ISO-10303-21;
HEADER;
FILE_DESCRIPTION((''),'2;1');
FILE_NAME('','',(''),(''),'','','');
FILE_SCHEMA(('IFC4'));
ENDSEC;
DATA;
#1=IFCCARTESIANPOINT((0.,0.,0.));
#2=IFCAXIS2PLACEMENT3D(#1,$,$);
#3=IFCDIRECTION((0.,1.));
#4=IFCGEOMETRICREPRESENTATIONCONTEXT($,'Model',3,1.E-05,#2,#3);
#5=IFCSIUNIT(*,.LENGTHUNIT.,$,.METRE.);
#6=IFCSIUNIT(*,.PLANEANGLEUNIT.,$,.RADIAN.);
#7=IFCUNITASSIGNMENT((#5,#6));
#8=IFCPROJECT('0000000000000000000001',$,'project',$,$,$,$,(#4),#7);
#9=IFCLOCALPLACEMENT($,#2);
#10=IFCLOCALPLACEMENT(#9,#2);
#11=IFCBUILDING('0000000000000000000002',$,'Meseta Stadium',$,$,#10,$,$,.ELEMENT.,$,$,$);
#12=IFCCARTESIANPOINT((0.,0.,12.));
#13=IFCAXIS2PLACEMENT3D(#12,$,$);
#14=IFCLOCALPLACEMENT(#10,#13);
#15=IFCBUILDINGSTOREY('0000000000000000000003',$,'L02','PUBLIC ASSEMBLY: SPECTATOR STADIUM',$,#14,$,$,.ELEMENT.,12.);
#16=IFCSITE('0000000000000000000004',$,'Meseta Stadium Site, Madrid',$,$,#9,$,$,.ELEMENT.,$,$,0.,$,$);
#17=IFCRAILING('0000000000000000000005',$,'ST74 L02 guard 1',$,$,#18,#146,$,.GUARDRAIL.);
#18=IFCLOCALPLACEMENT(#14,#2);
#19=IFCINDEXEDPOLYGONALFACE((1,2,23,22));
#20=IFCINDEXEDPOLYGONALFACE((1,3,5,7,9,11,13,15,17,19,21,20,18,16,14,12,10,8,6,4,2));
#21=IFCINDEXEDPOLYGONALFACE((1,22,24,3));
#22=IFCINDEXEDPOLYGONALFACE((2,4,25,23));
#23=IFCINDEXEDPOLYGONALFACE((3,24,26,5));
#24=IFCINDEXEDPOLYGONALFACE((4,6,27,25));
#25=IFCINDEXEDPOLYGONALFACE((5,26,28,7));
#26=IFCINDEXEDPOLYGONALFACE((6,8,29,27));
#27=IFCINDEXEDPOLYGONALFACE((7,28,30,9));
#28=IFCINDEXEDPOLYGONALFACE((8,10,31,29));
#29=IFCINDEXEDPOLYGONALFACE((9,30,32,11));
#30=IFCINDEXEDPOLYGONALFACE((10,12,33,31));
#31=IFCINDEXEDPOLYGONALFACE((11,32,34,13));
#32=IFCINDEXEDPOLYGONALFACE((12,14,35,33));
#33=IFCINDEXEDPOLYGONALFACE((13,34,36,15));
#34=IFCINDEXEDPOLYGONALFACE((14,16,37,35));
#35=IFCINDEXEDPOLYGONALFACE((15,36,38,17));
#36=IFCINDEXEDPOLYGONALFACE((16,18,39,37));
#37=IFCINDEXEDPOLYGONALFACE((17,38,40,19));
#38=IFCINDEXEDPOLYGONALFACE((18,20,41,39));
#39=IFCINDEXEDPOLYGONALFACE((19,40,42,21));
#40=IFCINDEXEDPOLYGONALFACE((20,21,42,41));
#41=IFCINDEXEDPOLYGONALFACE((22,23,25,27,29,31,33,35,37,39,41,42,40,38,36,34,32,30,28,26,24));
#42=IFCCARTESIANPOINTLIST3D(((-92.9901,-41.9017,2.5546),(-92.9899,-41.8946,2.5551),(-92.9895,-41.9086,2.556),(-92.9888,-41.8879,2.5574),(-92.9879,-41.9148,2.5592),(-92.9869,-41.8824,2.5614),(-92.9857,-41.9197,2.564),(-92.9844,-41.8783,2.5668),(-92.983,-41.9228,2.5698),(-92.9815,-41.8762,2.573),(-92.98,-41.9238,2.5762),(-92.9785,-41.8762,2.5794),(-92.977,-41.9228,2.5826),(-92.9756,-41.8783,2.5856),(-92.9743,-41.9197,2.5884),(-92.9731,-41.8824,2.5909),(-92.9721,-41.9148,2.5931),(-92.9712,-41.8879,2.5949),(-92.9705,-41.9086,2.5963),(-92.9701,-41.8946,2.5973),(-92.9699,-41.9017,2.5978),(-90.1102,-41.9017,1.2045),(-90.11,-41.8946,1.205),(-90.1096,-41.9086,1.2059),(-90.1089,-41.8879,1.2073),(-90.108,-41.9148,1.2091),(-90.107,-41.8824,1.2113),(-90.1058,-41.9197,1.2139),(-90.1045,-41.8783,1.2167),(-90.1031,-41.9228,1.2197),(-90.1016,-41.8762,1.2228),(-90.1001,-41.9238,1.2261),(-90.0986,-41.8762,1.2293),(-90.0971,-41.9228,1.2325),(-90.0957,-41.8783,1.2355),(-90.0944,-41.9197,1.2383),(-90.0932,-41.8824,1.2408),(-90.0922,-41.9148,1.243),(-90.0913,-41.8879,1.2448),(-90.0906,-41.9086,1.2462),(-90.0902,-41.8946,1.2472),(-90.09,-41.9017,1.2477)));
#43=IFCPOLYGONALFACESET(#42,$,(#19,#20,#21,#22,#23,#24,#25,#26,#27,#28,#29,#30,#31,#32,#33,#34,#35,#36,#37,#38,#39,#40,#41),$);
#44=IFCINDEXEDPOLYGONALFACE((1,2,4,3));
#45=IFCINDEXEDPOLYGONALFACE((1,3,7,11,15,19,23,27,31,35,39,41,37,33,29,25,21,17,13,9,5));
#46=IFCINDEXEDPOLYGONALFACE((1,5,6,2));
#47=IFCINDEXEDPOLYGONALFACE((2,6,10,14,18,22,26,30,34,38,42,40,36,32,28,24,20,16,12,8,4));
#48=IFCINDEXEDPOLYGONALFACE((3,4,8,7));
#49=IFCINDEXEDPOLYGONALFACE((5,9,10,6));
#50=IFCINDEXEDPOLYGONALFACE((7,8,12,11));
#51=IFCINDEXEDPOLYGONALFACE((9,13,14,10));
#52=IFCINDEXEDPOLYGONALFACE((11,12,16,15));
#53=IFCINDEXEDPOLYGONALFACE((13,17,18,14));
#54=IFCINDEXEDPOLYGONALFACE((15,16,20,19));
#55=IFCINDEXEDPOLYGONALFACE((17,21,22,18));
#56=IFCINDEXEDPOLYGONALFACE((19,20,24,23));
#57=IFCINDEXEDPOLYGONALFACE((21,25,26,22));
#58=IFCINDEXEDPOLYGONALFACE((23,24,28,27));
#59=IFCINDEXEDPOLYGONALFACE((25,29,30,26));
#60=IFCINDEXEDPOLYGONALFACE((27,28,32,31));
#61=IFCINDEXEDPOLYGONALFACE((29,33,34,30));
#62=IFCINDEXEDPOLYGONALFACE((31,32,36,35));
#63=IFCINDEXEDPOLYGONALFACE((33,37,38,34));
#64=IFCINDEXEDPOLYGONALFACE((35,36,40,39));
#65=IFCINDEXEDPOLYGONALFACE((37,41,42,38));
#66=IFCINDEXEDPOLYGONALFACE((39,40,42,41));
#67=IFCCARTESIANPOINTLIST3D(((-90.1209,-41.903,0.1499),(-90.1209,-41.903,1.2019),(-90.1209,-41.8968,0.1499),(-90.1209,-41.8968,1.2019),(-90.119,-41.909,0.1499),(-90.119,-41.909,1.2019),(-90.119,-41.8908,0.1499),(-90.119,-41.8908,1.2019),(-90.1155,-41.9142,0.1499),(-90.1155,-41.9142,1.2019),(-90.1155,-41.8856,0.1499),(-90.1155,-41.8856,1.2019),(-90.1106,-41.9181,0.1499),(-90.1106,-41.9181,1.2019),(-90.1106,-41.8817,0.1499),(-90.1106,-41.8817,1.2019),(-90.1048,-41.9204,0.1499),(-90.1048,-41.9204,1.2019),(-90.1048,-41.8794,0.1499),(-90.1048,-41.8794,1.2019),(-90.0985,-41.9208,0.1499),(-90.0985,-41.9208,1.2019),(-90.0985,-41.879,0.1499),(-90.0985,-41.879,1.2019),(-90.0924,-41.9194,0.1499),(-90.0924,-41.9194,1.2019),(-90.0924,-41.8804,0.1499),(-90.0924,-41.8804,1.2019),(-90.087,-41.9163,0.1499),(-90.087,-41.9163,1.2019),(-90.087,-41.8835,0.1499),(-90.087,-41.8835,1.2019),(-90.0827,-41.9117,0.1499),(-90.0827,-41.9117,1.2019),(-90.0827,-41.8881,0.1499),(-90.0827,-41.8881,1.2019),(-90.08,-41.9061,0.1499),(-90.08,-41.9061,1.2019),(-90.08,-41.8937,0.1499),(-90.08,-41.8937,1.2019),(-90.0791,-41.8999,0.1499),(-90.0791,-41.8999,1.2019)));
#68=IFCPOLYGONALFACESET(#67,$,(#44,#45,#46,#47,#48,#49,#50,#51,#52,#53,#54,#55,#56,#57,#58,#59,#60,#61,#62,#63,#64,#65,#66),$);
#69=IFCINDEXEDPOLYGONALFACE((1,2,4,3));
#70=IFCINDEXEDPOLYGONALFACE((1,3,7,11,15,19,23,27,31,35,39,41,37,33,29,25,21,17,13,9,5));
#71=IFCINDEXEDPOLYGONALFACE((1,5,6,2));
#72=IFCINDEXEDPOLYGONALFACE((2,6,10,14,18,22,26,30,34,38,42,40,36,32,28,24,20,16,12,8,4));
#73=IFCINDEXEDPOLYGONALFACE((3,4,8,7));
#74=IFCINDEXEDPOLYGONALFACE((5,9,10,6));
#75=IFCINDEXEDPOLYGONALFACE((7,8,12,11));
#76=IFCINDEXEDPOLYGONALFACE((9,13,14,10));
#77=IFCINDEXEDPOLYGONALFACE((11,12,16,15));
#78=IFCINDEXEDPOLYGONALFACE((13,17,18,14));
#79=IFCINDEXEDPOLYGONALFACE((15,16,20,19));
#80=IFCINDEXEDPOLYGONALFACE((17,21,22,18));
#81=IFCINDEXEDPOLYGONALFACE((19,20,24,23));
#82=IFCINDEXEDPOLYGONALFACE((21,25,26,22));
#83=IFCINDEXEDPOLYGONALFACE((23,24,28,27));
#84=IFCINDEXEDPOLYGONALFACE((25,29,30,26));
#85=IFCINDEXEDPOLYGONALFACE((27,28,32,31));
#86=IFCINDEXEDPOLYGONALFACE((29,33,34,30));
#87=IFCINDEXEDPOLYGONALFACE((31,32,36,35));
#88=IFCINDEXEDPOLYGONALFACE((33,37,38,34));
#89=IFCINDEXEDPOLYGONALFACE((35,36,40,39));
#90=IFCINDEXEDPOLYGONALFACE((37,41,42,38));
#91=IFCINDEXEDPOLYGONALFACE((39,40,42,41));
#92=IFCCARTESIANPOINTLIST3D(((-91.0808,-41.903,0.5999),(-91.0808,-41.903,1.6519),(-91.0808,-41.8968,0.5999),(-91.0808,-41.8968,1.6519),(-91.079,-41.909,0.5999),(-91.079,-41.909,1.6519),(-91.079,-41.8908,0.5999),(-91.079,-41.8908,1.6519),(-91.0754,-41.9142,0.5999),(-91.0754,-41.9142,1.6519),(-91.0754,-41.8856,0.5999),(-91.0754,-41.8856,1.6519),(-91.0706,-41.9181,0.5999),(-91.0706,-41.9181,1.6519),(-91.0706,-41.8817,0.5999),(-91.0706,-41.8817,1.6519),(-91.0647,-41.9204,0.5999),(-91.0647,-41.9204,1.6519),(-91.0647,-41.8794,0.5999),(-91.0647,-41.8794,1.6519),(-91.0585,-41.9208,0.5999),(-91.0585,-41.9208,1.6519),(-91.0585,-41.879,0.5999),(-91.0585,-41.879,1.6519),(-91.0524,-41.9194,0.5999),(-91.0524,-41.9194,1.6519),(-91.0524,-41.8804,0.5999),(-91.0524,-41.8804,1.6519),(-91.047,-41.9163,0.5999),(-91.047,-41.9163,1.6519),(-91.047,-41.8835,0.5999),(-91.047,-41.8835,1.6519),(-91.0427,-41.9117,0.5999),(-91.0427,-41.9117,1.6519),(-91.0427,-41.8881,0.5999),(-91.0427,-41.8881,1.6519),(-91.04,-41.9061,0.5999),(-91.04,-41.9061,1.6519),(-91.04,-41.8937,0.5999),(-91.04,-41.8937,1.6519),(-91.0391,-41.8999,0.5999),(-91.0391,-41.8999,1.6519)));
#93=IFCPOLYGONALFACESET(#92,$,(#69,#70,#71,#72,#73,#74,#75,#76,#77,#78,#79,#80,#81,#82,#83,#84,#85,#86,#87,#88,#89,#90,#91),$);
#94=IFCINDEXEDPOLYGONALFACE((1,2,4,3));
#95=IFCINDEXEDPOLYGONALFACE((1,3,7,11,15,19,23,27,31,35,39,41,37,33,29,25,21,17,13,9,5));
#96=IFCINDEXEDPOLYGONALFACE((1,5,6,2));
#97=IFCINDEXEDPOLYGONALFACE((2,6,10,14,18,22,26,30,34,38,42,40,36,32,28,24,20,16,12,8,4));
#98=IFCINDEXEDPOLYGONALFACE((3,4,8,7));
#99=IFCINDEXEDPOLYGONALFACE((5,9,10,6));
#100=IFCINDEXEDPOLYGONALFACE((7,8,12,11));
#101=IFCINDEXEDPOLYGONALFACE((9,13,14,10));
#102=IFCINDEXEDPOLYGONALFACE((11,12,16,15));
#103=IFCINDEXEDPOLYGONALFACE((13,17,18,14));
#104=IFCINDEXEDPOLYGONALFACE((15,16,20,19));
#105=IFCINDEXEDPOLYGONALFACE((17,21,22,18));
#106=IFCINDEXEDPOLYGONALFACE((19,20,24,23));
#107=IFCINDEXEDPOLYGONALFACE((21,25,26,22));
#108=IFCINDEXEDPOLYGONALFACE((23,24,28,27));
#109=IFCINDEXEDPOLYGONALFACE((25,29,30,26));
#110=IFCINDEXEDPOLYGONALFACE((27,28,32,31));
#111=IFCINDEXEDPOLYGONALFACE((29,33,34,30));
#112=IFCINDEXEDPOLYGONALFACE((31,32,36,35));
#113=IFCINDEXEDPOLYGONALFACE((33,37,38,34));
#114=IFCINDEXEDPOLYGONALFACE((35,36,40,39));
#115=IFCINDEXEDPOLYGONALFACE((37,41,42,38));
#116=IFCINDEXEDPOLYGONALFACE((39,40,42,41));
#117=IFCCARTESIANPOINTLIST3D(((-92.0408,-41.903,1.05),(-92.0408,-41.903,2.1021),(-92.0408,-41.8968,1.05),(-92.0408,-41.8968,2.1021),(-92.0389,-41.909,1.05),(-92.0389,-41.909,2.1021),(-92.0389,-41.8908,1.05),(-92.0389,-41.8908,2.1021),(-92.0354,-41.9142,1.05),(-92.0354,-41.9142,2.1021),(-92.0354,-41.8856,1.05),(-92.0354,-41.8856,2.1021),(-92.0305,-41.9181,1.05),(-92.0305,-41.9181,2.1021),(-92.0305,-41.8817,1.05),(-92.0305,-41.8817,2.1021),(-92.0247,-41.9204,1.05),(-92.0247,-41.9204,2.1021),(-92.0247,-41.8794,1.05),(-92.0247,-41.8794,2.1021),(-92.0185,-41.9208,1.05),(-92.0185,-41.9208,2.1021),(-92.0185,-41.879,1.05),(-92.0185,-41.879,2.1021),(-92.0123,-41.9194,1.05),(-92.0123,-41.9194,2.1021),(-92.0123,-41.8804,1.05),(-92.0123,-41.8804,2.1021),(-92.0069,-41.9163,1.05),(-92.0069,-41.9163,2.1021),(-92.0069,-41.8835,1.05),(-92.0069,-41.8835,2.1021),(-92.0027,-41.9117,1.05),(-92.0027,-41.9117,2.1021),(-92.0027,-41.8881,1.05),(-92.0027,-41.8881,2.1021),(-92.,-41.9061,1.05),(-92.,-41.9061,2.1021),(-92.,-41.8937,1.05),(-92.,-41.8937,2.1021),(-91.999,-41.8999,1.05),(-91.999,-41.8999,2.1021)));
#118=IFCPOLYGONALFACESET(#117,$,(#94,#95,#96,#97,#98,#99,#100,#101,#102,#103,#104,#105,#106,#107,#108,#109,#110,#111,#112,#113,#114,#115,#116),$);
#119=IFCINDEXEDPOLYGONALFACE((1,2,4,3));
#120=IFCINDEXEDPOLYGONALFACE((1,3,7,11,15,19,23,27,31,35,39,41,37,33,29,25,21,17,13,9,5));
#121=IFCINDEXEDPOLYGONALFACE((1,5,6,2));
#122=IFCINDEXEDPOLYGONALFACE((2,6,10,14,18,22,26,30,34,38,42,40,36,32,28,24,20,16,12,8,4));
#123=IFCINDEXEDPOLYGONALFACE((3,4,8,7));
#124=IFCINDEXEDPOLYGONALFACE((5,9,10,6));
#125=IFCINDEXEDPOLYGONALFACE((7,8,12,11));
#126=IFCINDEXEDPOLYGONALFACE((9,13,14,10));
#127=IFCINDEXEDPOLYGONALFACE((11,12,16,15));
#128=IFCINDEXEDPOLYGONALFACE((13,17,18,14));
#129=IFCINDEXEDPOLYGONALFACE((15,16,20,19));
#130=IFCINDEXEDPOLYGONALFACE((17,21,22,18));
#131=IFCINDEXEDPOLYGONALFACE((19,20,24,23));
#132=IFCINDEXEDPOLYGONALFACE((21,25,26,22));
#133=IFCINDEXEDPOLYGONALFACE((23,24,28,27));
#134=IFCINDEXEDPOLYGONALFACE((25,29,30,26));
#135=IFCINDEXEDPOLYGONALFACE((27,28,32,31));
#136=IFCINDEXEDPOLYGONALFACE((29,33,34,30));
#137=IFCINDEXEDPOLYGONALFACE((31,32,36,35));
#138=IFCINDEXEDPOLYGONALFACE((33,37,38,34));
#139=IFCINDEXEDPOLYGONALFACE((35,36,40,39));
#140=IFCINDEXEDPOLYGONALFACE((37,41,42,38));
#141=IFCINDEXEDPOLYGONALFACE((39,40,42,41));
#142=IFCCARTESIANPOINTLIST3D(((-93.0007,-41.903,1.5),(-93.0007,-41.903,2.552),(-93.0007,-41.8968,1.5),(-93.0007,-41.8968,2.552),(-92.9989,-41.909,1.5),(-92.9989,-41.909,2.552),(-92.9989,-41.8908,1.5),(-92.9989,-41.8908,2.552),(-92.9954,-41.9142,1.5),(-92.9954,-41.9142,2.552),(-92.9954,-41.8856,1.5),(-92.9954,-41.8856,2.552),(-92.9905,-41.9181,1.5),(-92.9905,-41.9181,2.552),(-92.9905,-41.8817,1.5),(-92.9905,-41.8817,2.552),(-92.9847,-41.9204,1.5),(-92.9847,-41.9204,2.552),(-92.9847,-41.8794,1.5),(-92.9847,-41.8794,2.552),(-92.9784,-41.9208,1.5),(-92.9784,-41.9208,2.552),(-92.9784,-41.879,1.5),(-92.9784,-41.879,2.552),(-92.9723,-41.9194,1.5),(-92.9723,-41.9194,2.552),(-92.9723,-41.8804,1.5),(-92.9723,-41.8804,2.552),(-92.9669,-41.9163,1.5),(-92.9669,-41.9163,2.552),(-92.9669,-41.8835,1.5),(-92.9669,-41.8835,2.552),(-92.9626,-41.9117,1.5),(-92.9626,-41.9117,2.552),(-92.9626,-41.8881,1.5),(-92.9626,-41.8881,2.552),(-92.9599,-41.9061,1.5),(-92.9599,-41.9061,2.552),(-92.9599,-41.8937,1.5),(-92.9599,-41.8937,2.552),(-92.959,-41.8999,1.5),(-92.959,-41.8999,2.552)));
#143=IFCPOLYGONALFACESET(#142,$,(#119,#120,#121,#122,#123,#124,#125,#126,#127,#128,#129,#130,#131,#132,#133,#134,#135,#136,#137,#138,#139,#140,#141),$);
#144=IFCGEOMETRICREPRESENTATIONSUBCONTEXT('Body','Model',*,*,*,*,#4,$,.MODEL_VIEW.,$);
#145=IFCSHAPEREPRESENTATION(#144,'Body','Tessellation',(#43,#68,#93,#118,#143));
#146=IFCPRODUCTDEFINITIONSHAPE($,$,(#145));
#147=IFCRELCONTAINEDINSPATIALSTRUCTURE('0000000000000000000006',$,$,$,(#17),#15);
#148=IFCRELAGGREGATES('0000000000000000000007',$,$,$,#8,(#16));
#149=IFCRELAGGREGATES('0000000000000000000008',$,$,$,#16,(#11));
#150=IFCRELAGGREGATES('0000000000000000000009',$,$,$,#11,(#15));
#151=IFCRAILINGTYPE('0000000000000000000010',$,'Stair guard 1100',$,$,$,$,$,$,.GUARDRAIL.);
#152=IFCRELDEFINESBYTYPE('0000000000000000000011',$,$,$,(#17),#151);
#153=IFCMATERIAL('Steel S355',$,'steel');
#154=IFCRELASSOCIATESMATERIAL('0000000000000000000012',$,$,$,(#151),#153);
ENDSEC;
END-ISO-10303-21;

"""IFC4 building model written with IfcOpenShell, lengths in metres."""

from ifc_helpers import new_model, si_unit, direction, frame, origin, origin_2d, place, context, subcontext, project, spatial, circle, extrude, material, type_object, element, save


model = new_model("IFC4")

# Units and contexts
model_context = context("Model", 3, precision=1e-05, world=origin(), true_north=direction((0.0, 1.0)))
body_context = subcontext(model_context, "Body", "Model", "MODEL_VIEW")
ifc_project = project(units=[si_unit("LENGTHUNIT", "METRE"), si_unit("PLANEANGLEUNIT", "RADIAN")], contexts=[model_context])

# Site, building, storey
site_placement = place(None, origin())
site = spatial("IfcSite", under=ifc_project, at=site_placement, Name="Meseta Stadium Site, Madrid", CompositionType="ELEMENT", RefElevation=0.0)
building_placement = place(site_placement, origin())
building = spatial("IfcBuilding", under=site, at=building_placement, Name="Meseta Stadium", CompositionType="ELEMENT")
storey_placement = place(building_placement, frame((0.0, 0.0, 12.0)))
storey = spatial("IfcBuildingStorey", under=building, at=storey_placement, Name="L02", Description="PUBLIC ASSEMBLY: SPECTATOR STADIUM", CompositionType="ELEMENT", Elevation=12.0)

# Railing
ifc_material_1 = material(Name="Steel S355", Category="steel")
railing_type_1 = type_object("IfcRailingType", Name="Stair guard 1100", PredefinedType="GUARDRAIL", material=ifc_material_1)
railing_1_placement = place(storey_placement, frame((-90.1001, -41.8999, 0.1499)))
element("IfcRailing", 1, at=railing_1_placement, inside=storey, type_object=railing_type_1, Name="ST74 L02 guard 1", PredefinedType="GUARDRAIL", context=body_context, shape_type="SweptSolid", body=[
    extrude(circle(Radius=0.0239, at=origin_2d()), frame((0.0, 0.0, 1.0762), z_axis=(-0.90544, 0.0, 0.424473), x_axis=(0.0, -1.0, 0.0)), (0.0, 0.0, 1.0), 3.1807),
    extrude(circle(Radius=0.021, at=origin_2d()), origin(), (0.0, 0.0, 1.0), 1.052),
    extrude(circle(Radius=0.021, at=origin_2d()), frame((-0.96, 0.0, 0.45)), (0.0, 0.0, 1.0), 1.052),
    extrude(circle(Radius=0.021, at=origin_2d()), frame((-1.9199, 0.0, 0.9001)), (0.0, 0.0, 1.0), 1.052),
    extrude(circle(Radius=0.021, at=origin_2d()), frame((-2.8799, 0.0, 1.3501)), (0.0, 0.0, 1.0), 1.052),
])

save(model, "model.ifc")
